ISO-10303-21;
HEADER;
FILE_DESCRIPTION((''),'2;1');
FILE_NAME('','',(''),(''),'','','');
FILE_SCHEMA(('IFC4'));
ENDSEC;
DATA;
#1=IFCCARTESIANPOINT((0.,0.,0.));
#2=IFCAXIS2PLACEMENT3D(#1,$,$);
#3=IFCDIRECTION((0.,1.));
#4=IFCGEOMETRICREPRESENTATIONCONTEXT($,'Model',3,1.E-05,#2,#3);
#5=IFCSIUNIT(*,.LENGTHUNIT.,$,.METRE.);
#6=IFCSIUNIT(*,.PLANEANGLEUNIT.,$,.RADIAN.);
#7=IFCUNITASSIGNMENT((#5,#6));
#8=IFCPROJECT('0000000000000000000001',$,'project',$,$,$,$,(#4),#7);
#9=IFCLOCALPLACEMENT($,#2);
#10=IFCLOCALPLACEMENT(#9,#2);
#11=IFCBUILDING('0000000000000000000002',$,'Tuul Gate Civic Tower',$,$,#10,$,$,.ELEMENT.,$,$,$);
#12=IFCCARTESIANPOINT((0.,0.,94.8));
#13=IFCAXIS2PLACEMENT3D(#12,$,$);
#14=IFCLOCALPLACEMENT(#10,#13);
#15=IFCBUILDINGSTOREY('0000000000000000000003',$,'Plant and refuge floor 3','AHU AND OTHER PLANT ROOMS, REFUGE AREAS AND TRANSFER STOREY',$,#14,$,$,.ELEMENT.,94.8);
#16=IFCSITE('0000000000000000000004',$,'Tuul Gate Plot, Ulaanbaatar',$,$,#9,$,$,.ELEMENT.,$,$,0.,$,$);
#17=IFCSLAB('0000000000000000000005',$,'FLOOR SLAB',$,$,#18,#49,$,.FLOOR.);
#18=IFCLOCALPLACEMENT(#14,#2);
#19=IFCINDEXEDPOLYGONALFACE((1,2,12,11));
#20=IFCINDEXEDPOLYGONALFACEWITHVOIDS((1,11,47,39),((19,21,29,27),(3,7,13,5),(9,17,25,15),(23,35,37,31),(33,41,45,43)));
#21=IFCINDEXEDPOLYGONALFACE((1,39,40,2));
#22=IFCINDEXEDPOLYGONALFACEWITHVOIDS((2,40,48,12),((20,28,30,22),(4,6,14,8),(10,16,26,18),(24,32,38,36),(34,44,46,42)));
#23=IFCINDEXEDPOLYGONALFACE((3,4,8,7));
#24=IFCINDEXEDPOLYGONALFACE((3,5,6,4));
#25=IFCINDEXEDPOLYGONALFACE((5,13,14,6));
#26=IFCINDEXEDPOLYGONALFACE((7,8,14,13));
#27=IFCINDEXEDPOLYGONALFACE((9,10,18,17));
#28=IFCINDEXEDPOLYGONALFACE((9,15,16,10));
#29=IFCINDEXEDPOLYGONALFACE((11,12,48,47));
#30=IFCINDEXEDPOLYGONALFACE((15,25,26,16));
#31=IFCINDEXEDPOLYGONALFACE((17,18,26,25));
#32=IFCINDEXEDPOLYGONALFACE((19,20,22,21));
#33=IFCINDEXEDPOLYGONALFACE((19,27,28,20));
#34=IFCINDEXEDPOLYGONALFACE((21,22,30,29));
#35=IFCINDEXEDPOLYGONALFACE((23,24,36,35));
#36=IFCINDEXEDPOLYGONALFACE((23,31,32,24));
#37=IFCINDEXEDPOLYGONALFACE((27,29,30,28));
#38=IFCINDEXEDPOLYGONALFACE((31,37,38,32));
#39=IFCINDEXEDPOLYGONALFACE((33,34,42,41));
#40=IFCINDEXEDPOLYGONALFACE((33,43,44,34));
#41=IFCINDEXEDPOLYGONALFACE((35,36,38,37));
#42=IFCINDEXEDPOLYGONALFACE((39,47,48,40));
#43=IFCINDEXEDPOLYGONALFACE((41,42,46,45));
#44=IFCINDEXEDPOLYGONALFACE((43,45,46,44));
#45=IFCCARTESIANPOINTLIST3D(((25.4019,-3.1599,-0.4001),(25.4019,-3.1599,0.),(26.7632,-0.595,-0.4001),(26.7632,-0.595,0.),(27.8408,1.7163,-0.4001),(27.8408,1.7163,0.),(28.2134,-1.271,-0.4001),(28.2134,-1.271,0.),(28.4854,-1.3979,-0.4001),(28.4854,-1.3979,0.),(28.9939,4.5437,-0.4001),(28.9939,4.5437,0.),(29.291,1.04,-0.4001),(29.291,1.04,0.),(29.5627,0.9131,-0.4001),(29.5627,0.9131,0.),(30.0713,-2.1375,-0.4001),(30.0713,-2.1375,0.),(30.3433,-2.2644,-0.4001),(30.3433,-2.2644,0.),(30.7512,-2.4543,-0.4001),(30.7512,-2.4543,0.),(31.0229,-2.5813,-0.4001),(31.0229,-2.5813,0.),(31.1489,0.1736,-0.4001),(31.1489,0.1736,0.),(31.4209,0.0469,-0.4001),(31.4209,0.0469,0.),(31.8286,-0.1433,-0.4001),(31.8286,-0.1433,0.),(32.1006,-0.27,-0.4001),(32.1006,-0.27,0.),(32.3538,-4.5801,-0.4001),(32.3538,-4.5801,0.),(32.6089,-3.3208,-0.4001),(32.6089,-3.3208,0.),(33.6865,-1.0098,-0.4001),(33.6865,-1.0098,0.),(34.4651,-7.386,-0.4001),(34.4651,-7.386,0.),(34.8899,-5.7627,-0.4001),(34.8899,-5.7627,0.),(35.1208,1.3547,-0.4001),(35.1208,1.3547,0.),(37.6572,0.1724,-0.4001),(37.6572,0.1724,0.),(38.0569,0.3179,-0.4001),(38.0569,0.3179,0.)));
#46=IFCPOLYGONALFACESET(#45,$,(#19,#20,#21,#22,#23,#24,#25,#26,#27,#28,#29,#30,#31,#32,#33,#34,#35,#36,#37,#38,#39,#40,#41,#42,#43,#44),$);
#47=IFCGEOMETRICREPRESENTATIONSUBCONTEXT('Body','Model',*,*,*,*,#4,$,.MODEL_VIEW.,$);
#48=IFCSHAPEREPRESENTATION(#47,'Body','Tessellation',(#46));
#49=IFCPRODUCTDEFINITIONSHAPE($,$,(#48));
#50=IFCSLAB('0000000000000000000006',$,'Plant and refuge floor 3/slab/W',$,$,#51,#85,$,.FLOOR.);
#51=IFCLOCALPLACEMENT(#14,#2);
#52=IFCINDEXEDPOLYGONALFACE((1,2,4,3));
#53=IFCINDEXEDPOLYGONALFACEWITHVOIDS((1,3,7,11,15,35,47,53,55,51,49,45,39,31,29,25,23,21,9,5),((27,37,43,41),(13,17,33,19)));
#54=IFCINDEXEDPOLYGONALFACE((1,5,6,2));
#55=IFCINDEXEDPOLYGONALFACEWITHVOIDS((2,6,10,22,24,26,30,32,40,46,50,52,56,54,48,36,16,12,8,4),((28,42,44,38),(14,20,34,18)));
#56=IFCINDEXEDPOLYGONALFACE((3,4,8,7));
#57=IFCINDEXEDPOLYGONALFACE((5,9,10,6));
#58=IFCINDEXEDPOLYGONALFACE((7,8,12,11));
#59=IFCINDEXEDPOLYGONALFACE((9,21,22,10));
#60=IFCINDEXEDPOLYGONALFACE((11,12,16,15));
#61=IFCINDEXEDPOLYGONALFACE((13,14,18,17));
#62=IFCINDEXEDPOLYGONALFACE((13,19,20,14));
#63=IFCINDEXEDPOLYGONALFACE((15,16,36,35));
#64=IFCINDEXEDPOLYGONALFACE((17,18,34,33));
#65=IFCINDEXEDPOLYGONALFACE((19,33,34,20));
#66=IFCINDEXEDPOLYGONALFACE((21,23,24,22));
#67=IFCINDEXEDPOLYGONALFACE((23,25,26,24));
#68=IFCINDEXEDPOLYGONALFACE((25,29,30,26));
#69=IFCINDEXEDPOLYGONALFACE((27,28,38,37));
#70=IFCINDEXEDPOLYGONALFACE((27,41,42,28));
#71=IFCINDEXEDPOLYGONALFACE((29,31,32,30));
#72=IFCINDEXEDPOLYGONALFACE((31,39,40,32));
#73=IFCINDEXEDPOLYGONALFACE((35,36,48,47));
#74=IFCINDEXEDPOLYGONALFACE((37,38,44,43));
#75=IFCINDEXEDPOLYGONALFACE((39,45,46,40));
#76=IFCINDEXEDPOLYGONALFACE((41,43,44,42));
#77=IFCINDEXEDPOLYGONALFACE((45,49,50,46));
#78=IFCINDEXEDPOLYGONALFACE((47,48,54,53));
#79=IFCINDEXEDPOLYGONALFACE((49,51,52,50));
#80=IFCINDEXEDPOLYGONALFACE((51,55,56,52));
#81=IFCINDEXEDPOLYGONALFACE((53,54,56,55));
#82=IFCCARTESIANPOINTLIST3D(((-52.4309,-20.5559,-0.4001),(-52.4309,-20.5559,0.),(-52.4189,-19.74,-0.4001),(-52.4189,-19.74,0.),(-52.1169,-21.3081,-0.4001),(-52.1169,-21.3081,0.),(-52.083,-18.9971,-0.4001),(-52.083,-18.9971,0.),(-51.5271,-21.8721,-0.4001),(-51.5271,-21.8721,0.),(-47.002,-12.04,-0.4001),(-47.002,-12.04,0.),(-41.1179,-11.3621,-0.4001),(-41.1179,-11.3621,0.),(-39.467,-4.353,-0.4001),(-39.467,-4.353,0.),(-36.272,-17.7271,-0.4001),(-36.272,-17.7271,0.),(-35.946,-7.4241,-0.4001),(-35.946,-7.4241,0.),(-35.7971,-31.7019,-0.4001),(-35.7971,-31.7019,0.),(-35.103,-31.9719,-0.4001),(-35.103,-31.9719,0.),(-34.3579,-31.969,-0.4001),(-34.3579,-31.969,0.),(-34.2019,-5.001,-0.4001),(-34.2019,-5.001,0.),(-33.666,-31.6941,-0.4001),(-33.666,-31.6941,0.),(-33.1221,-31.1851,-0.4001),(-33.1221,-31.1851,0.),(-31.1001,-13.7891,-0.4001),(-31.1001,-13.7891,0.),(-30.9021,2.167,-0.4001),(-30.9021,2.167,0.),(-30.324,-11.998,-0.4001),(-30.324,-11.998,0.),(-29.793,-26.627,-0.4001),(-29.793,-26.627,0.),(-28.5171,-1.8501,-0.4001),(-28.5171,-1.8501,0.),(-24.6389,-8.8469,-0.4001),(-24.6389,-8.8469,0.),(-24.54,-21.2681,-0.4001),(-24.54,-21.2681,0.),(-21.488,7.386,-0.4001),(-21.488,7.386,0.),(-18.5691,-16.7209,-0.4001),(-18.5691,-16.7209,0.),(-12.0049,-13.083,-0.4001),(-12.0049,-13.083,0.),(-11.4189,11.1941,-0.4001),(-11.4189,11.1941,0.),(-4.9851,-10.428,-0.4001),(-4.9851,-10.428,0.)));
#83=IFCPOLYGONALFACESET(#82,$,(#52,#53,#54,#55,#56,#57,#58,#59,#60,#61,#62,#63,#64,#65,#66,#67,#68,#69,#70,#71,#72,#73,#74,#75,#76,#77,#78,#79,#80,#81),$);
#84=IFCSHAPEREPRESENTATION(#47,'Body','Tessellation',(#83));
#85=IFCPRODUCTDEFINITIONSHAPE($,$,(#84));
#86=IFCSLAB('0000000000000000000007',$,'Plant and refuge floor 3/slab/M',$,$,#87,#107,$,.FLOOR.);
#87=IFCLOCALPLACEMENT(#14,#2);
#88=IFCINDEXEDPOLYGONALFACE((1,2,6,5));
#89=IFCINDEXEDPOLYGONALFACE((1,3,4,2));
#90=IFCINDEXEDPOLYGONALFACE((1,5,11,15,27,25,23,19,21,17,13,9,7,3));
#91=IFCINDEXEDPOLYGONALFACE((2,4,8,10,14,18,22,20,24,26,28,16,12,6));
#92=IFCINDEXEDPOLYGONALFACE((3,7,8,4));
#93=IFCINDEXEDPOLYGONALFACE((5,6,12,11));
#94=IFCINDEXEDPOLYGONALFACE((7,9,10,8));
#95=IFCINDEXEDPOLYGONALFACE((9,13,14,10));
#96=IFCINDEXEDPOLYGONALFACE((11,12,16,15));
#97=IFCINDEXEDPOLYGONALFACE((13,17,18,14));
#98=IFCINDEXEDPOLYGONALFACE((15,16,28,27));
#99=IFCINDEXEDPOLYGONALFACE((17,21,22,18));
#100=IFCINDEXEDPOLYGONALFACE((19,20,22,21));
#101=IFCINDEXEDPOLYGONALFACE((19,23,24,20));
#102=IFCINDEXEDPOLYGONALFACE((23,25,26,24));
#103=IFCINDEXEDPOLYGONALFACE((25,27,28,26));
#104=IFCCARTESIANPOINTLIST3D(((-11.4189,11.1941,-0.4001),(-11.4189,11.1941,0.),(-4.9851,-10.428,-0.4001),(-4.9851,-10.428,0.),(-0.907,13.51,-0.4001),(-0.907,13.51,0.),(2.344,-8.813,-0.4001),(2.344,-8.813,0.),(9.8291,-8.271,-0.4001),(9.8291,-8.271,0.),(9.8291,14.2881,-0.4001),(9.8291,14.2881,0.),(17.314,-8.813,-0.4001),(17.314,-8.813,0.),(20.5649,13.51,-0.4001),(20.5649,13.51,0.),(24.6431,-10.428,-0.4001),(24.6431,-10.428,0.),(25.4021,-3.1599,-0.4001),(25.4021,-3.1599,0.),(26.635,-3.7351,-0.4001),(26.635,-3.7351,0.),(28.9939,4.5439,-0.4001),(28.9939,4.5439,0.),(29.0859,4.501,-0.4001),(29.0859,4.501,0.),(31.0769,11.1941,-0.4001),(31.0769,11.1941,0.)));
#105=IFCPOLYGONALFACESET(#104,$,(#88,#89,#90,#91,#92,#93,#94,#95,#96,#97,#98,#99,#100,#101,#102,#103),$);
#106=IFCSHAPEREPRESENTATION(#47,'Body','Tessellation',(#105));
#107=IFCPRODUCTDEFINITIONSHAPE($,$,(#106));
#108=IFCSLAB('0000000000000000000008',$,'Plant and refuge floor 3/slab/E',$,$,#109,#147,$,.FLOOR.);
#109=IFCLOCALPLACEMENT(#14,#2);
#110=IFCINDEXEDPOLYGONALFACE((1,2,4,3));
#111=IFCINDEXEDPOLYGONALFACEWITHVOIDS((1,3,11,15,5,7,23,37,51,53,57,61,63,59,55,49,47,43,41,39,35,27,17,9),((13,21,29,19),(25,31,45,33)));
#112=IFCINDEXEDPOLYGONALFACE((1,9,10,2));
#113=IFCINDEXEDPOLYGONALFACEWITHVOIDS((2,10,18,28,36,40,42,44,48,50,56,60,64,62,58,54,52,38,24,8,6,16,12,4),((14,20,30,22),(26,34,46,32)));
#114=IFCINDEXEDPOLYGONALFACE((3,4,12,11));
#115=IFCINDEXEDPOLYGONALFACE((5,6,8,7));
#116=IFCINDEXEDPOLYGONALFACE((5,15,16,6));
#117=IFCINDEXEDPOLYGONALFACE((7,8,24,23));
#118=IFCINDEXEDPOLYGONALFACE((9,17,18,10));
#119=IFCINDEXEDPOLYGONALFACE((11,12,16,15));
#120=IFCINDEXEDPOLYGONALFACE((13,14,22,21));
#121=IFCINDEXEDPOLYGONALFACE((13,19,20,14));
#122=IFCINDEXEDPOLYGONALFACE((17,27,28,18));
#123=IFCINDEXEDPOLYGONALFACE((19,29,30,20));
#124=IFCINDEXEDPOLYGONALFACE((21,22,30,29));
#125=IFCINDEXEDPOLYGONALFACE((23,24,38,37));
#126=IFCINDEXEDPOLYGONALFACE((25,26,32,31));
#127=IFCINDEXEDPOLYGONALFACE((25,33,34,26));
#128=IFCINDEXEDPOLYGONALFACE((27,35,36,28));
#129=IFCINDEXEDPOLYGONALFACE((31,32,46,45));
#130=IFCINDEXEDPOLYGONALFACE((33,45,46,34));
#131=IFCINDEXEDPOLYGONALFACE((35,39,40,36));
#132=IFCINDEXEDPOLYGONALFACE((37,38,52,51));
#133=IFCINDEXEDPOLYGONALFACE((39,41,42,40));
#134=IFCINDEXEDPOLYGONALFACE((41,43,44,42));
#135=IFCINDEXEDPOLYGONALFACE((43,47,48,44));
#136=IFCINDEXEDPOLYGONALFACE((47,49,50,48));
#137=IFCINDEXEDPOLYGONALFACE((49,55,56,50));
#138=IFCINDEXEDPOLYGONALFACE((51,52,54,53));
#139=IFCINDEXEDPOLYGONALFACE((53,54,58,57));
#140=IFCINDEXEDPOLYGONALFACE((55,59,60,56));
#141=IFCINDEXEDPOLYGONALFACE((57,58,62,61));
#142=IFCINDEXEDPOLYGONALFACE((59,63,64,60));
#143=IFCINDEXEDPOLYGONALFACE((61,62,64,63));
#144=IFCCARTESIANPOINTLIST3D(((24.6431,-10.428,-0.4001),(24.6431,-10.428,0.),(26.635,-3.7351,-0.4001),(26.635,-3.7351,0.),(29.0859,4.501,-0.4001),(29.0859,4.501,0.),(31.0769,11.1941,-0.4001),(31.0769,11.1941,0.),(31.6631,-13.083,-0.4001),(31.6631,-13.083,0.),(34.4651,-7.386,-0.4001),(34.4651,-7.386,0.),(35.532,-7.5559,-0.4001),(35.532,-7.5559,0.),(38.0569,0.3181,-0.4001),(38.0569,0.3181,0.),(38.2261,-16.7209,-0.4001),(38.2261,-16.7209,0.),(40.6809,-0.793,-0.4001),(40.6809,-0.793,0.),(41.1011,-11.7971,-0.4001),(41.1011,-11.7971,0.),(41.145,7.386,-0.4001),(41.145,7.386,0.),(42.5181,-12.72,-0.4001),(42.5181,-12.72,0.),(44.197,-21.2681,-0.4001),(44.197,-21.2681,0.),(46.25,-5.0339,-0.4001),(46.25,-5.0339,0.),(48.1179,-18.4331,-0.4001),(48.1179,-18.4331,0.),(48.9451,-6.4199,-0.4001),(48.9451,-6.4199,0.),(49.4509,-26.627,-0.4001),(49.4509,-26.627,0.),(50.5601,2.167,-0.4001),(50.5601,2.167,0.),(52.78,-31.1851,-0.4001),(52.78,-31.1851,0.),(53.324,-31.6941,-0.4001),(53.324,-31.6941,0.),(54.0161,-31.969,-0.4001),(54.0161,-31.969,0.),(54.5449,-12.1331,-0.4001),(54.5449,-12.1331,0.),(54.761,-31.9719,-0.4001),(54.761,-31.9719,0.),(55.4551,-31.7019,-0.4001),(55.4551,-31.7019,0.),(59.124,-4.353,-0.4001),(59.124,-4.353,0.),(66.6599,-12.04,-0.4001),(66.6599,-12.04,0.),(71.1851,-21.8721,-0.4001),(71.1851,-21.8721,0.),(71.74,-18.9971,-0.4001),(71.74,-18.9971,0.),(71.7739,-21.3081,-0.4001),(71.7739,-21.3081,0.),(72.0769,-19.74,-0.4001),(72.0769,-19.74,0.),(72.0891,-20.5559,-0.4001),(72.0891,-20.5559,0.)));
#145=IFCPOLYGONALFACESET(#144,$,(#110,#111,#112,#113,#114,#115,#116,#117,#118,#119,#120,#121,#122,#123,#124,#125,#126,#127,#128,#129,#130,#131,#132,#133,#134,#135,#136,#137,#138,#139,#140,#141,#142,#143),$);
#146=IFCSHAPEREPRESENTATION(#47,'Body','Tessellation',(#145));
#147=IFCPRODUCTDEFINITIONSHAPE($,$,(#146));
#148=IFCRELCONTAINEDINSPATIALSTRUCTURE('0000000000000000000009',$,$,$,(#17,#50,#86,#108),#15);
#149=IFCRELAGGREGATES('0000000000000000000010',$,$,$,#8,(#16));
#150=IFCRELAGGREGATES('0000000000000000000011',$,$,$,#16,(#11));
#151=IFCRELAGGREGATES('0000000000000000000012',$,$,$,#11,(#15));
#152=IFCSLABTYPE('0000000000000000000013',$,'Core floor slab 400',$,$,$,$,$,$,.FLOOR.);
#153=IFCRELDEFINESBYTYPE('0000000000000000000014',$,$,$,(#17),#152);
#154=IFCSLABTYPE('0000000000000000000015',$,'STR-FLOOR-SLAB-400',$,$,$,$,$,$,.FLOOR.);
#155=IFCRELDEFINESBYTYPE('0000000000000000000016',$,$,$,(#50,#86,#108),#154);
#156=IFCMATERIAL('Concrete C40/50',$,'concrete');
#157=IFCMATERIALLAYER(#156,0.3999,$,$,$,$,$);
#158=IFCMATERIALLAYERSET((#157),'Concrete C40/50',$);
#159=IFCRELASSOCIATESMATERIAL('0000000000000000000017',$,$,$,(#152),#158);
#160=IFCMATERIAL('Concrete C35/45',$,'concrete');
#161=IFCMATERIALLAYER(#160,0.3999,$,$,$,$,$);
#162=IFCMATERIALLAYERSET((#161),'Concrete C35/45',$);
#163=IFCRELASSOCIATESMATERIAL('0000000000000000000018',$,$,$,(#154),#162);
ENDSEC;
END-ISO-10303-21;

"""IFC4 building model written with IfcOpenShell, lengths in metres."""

from ifc_helpers import new_model, si_unit, direction, frame, origin, place, context, subcontext, project, spatial, polyline, outline, extrude, material, layer, layer_set, type_object, element, save


model = new_model("IFC4")

# Units and contexts
model_context = context("Model", 3, precision=1e-05, world=origin(), true_north=direction((0.0, 1.0)))
body_context = subcontext(model_context, "Body", "Model", "MODEL_VIEW")
ifc_project = project(units=[si_unit("LENGTHUNIT", "METRE"), si_unit("PLANEANGLEUNIT", "RADIAN")], contexts=[model_context])

# Site, building, storey
site_placement = place(None, origin())
site = spatial("IfcSite", under=ifc_project, at=site_placement, Name="Tuul Gate Plot, Ulaanbaatar", CompositionType="ELEMENT", RefElevation=0.0)
building_placement = place(site_placement, origin())
building = spatial("IfcBuilding", under=site, at=building_placement, Name="Tuul Gate Civic Tower", CompositionType="ELEMENT")
storey_placement = place(building_placement, frame((0.0, 0.0, 94.8)))
storey = spatial("IfcBuildingStorey", under=building, at=storey_placement, Name="Plant and refuge floor 3", Description="AHU AND OTHER PLANT ROOMS, REFUGE AREAS AND TRANSFER STOREY", CompositionType="ELEMENT", Elevation=94.8)

# Slabs
ifc_material_1 = material(Name="Concrete C40/50", Category="concrete")
ifc_layer_1 = layer(ifc_material_1, 0.3999)
ifc_layer_set_1 = layer_set([ifc_layer_1], Name="Concrete C40/50")
slab_type_1 = type_object("IfcSlabType", Name="Core floor slab 400", PredefinedType="FLOOR", material=ifc_layer_set_1)
slab_1_placement = place(storey_placement, frame((0.0, 0.0, -0.4001)))
element("IfcSlab", 1, at=slab_1_placement, inside=storey, type_object=slab_type_1, Name="FLOOR SLAB", PredefinedType="FLOOR", context=body_context, shape_type="SweptSolid", body=[
    extrude(outline(polyline([(34.4651, -7.386), (38.0569, 0.3179), (28.9939, 4.5437), (25.4019, -3.1599), (34.4651, -7.386)]), holes=[polyline([(32.6089, -3.3208), (33.6865, -1.0098), (32.1006, -0.27), (31.0229, -2.5813), (32.6089, -3.3208)]), polyline([(30.0713, -2.1375), (31.1489, 0.1736), (29.5627, 0.9131), (28.4854, -1.3979), (30.0713, -2.1375)]), polyline([(30.7512, -2.4543), (31.8286, -0.1433), (31.4209, 0.0469), (30.3433, -2.2644), (30.7512, -2.4543)]), polyline([(28.2134, -1.271), (29.291, 1.04), (27.8408, 1.7163), (26.7632, -0.595), (28.2134, -1.271)]), polyline([(34.8899, -5.7627), (32.3538, -4.5801), (35.1208, 1.3547), (37.6572, 0.1724), (34.8899, -5.7627)])]), origin(), (0.0, 0.0, 1.0), 0.4001),
])
ifc_material_2 = material(Name="Concrete C35/45", Category="concrete")
ifc_layer_2 = layer(ifc_material_2, 0.3999)
ifc_layer_set_2 = layer_set([ifc_layer_2], Name="Concrete C35/45")
slab_type_2 = type_object("IfcSlabType", Name="STR-FLOOR-SLAB-400", PredefinedType="FLOOR", material=ifc_layer_set_2)
slab_2_placement = place(storey_placement, frame((0.0, 0.0, -0.4001)))
element("IfcSlab", 2, at=slab_2_placement, inside=storey, type_object=slab_type_2, Name="Plant and refuge floor 3/slab/W", PredefinedType="FLOOR", context=body_context, shape_type="SweptSolid", body=[
    extrude(outline(polyline([(-12.0049, -13.083), (-4.9851, -10.428), (-11.4189, 11.1941), (-21.488, 7.386), (-30.9021, 2.167), (-39.467, -4.353), (-47.002, -12.04), (-52.083, -18.9971), (-52.4189, -19.74), (-52.4309, -20.5559), (-52.1169, -21.3081), (-51.5271, -21.8721), (-35.7971, -31.7019), (-35.103, -31.9719), (-34.3579, -31.969), (-33.666, -31.6941), (-33.1221, -31.1851), (-29.793, -26.627), (-24.54, -21.2681), (-18.5691, -16.7209), (-12.0049, -13.083)]), holes=[polyline([(-31.1001, -13.7891), (-36.272, -17.7271), (-41.1179, -11.3621), (-35.946, -7.4241), (-31.1001, -13.7891)]), polyline([(-24.6389, -8.8469), (-30.324, -11.998), (-34.2019, -5.001), (-28.5171, -1.8501), (-24.6389, -8.8469)])]), origin(), (0.0, 0.0, 1.0), 0.4001),
])
slab_3_placement = place(storey_placement, frame((0.0, 0.0, -0.4001)))
element("IfcSlab", 3, at=slab_3_placement, inside=storey, type_object=slab_type_2, Name="Plant and refuge floor 3/slab/M", PredefinedType="FLOOR", context=body_context, shape_type="SweptSolid", body=[
    extrude(outline(polyline([(24.6431, -10.428), (26.635, -3.7351), (25.4021, -3.1599), (28.9939, 4.5439), (29.0859, 4.501), (31.0769, 11.1941), (20.5649, 13.51), (9.8291, 14.2881), (-0.907, 13.51), (-11.4189, 11.1941), (-4.9851, -10.428), (2.344, -8.813), (9.8291, -8.271), (17.314, -8.813), (24.6431, -10.428)])), origin(), (0.0, 0.0, 1.0), 0.4001),
])
slab_4_placement = place(storey_placement, frame((0.0, 0.0, -0.4001)))
element("IfcSlab", 4, at=slab_4_placement, inside=storey, type_object=slab_type_2, Name="Plant and refuge floor 3/slab/E", PredefinedType="FLOOR", context=body_context, shape_type="SweptSolid", body=[
    extrude(outline(polyline([(54.761, -31.9719), (55.4551, -31.7019), (71.1851, -21.8721), (71.7739, -21.3081), (72.0891, -20.5559), (72.0769, -19.74), (71.74, -18.9971), (66.6599, -12.04), (59.124, -4.353), (50.5601, 2.167), (41.145, 7.386), (31.0769, 11.1941), (29.0859, 4.501), (38.0569, 0.3181), (34.4651, -7.386), (26.635, -3.7351), (24.6431, -10.428), (31.6631, -13.083), (38.2261, -16.7209), (44.197, -21.2681), (49.4509, -26.627), (52.78, -31.1851), (53.324, -31.6941), (54.0161, -31.969), (54.761, -31.9719)]), holes=[polyline([(48.1179, -18.4331), (42.5181, -12.72), (48.9451, -6.4199), (54.5449, -12.1331), (48.1179, -18.4331)]), polyline([(35.532, -7.5559), (40.6809, -0.793), (46.25, -5.0339), (41.1011, -11.7971), (35.532, -7.5559)])]), origin(), (0.0, 0.0, 1.0), 0.4001),
])

save(model, "model.ifc")
